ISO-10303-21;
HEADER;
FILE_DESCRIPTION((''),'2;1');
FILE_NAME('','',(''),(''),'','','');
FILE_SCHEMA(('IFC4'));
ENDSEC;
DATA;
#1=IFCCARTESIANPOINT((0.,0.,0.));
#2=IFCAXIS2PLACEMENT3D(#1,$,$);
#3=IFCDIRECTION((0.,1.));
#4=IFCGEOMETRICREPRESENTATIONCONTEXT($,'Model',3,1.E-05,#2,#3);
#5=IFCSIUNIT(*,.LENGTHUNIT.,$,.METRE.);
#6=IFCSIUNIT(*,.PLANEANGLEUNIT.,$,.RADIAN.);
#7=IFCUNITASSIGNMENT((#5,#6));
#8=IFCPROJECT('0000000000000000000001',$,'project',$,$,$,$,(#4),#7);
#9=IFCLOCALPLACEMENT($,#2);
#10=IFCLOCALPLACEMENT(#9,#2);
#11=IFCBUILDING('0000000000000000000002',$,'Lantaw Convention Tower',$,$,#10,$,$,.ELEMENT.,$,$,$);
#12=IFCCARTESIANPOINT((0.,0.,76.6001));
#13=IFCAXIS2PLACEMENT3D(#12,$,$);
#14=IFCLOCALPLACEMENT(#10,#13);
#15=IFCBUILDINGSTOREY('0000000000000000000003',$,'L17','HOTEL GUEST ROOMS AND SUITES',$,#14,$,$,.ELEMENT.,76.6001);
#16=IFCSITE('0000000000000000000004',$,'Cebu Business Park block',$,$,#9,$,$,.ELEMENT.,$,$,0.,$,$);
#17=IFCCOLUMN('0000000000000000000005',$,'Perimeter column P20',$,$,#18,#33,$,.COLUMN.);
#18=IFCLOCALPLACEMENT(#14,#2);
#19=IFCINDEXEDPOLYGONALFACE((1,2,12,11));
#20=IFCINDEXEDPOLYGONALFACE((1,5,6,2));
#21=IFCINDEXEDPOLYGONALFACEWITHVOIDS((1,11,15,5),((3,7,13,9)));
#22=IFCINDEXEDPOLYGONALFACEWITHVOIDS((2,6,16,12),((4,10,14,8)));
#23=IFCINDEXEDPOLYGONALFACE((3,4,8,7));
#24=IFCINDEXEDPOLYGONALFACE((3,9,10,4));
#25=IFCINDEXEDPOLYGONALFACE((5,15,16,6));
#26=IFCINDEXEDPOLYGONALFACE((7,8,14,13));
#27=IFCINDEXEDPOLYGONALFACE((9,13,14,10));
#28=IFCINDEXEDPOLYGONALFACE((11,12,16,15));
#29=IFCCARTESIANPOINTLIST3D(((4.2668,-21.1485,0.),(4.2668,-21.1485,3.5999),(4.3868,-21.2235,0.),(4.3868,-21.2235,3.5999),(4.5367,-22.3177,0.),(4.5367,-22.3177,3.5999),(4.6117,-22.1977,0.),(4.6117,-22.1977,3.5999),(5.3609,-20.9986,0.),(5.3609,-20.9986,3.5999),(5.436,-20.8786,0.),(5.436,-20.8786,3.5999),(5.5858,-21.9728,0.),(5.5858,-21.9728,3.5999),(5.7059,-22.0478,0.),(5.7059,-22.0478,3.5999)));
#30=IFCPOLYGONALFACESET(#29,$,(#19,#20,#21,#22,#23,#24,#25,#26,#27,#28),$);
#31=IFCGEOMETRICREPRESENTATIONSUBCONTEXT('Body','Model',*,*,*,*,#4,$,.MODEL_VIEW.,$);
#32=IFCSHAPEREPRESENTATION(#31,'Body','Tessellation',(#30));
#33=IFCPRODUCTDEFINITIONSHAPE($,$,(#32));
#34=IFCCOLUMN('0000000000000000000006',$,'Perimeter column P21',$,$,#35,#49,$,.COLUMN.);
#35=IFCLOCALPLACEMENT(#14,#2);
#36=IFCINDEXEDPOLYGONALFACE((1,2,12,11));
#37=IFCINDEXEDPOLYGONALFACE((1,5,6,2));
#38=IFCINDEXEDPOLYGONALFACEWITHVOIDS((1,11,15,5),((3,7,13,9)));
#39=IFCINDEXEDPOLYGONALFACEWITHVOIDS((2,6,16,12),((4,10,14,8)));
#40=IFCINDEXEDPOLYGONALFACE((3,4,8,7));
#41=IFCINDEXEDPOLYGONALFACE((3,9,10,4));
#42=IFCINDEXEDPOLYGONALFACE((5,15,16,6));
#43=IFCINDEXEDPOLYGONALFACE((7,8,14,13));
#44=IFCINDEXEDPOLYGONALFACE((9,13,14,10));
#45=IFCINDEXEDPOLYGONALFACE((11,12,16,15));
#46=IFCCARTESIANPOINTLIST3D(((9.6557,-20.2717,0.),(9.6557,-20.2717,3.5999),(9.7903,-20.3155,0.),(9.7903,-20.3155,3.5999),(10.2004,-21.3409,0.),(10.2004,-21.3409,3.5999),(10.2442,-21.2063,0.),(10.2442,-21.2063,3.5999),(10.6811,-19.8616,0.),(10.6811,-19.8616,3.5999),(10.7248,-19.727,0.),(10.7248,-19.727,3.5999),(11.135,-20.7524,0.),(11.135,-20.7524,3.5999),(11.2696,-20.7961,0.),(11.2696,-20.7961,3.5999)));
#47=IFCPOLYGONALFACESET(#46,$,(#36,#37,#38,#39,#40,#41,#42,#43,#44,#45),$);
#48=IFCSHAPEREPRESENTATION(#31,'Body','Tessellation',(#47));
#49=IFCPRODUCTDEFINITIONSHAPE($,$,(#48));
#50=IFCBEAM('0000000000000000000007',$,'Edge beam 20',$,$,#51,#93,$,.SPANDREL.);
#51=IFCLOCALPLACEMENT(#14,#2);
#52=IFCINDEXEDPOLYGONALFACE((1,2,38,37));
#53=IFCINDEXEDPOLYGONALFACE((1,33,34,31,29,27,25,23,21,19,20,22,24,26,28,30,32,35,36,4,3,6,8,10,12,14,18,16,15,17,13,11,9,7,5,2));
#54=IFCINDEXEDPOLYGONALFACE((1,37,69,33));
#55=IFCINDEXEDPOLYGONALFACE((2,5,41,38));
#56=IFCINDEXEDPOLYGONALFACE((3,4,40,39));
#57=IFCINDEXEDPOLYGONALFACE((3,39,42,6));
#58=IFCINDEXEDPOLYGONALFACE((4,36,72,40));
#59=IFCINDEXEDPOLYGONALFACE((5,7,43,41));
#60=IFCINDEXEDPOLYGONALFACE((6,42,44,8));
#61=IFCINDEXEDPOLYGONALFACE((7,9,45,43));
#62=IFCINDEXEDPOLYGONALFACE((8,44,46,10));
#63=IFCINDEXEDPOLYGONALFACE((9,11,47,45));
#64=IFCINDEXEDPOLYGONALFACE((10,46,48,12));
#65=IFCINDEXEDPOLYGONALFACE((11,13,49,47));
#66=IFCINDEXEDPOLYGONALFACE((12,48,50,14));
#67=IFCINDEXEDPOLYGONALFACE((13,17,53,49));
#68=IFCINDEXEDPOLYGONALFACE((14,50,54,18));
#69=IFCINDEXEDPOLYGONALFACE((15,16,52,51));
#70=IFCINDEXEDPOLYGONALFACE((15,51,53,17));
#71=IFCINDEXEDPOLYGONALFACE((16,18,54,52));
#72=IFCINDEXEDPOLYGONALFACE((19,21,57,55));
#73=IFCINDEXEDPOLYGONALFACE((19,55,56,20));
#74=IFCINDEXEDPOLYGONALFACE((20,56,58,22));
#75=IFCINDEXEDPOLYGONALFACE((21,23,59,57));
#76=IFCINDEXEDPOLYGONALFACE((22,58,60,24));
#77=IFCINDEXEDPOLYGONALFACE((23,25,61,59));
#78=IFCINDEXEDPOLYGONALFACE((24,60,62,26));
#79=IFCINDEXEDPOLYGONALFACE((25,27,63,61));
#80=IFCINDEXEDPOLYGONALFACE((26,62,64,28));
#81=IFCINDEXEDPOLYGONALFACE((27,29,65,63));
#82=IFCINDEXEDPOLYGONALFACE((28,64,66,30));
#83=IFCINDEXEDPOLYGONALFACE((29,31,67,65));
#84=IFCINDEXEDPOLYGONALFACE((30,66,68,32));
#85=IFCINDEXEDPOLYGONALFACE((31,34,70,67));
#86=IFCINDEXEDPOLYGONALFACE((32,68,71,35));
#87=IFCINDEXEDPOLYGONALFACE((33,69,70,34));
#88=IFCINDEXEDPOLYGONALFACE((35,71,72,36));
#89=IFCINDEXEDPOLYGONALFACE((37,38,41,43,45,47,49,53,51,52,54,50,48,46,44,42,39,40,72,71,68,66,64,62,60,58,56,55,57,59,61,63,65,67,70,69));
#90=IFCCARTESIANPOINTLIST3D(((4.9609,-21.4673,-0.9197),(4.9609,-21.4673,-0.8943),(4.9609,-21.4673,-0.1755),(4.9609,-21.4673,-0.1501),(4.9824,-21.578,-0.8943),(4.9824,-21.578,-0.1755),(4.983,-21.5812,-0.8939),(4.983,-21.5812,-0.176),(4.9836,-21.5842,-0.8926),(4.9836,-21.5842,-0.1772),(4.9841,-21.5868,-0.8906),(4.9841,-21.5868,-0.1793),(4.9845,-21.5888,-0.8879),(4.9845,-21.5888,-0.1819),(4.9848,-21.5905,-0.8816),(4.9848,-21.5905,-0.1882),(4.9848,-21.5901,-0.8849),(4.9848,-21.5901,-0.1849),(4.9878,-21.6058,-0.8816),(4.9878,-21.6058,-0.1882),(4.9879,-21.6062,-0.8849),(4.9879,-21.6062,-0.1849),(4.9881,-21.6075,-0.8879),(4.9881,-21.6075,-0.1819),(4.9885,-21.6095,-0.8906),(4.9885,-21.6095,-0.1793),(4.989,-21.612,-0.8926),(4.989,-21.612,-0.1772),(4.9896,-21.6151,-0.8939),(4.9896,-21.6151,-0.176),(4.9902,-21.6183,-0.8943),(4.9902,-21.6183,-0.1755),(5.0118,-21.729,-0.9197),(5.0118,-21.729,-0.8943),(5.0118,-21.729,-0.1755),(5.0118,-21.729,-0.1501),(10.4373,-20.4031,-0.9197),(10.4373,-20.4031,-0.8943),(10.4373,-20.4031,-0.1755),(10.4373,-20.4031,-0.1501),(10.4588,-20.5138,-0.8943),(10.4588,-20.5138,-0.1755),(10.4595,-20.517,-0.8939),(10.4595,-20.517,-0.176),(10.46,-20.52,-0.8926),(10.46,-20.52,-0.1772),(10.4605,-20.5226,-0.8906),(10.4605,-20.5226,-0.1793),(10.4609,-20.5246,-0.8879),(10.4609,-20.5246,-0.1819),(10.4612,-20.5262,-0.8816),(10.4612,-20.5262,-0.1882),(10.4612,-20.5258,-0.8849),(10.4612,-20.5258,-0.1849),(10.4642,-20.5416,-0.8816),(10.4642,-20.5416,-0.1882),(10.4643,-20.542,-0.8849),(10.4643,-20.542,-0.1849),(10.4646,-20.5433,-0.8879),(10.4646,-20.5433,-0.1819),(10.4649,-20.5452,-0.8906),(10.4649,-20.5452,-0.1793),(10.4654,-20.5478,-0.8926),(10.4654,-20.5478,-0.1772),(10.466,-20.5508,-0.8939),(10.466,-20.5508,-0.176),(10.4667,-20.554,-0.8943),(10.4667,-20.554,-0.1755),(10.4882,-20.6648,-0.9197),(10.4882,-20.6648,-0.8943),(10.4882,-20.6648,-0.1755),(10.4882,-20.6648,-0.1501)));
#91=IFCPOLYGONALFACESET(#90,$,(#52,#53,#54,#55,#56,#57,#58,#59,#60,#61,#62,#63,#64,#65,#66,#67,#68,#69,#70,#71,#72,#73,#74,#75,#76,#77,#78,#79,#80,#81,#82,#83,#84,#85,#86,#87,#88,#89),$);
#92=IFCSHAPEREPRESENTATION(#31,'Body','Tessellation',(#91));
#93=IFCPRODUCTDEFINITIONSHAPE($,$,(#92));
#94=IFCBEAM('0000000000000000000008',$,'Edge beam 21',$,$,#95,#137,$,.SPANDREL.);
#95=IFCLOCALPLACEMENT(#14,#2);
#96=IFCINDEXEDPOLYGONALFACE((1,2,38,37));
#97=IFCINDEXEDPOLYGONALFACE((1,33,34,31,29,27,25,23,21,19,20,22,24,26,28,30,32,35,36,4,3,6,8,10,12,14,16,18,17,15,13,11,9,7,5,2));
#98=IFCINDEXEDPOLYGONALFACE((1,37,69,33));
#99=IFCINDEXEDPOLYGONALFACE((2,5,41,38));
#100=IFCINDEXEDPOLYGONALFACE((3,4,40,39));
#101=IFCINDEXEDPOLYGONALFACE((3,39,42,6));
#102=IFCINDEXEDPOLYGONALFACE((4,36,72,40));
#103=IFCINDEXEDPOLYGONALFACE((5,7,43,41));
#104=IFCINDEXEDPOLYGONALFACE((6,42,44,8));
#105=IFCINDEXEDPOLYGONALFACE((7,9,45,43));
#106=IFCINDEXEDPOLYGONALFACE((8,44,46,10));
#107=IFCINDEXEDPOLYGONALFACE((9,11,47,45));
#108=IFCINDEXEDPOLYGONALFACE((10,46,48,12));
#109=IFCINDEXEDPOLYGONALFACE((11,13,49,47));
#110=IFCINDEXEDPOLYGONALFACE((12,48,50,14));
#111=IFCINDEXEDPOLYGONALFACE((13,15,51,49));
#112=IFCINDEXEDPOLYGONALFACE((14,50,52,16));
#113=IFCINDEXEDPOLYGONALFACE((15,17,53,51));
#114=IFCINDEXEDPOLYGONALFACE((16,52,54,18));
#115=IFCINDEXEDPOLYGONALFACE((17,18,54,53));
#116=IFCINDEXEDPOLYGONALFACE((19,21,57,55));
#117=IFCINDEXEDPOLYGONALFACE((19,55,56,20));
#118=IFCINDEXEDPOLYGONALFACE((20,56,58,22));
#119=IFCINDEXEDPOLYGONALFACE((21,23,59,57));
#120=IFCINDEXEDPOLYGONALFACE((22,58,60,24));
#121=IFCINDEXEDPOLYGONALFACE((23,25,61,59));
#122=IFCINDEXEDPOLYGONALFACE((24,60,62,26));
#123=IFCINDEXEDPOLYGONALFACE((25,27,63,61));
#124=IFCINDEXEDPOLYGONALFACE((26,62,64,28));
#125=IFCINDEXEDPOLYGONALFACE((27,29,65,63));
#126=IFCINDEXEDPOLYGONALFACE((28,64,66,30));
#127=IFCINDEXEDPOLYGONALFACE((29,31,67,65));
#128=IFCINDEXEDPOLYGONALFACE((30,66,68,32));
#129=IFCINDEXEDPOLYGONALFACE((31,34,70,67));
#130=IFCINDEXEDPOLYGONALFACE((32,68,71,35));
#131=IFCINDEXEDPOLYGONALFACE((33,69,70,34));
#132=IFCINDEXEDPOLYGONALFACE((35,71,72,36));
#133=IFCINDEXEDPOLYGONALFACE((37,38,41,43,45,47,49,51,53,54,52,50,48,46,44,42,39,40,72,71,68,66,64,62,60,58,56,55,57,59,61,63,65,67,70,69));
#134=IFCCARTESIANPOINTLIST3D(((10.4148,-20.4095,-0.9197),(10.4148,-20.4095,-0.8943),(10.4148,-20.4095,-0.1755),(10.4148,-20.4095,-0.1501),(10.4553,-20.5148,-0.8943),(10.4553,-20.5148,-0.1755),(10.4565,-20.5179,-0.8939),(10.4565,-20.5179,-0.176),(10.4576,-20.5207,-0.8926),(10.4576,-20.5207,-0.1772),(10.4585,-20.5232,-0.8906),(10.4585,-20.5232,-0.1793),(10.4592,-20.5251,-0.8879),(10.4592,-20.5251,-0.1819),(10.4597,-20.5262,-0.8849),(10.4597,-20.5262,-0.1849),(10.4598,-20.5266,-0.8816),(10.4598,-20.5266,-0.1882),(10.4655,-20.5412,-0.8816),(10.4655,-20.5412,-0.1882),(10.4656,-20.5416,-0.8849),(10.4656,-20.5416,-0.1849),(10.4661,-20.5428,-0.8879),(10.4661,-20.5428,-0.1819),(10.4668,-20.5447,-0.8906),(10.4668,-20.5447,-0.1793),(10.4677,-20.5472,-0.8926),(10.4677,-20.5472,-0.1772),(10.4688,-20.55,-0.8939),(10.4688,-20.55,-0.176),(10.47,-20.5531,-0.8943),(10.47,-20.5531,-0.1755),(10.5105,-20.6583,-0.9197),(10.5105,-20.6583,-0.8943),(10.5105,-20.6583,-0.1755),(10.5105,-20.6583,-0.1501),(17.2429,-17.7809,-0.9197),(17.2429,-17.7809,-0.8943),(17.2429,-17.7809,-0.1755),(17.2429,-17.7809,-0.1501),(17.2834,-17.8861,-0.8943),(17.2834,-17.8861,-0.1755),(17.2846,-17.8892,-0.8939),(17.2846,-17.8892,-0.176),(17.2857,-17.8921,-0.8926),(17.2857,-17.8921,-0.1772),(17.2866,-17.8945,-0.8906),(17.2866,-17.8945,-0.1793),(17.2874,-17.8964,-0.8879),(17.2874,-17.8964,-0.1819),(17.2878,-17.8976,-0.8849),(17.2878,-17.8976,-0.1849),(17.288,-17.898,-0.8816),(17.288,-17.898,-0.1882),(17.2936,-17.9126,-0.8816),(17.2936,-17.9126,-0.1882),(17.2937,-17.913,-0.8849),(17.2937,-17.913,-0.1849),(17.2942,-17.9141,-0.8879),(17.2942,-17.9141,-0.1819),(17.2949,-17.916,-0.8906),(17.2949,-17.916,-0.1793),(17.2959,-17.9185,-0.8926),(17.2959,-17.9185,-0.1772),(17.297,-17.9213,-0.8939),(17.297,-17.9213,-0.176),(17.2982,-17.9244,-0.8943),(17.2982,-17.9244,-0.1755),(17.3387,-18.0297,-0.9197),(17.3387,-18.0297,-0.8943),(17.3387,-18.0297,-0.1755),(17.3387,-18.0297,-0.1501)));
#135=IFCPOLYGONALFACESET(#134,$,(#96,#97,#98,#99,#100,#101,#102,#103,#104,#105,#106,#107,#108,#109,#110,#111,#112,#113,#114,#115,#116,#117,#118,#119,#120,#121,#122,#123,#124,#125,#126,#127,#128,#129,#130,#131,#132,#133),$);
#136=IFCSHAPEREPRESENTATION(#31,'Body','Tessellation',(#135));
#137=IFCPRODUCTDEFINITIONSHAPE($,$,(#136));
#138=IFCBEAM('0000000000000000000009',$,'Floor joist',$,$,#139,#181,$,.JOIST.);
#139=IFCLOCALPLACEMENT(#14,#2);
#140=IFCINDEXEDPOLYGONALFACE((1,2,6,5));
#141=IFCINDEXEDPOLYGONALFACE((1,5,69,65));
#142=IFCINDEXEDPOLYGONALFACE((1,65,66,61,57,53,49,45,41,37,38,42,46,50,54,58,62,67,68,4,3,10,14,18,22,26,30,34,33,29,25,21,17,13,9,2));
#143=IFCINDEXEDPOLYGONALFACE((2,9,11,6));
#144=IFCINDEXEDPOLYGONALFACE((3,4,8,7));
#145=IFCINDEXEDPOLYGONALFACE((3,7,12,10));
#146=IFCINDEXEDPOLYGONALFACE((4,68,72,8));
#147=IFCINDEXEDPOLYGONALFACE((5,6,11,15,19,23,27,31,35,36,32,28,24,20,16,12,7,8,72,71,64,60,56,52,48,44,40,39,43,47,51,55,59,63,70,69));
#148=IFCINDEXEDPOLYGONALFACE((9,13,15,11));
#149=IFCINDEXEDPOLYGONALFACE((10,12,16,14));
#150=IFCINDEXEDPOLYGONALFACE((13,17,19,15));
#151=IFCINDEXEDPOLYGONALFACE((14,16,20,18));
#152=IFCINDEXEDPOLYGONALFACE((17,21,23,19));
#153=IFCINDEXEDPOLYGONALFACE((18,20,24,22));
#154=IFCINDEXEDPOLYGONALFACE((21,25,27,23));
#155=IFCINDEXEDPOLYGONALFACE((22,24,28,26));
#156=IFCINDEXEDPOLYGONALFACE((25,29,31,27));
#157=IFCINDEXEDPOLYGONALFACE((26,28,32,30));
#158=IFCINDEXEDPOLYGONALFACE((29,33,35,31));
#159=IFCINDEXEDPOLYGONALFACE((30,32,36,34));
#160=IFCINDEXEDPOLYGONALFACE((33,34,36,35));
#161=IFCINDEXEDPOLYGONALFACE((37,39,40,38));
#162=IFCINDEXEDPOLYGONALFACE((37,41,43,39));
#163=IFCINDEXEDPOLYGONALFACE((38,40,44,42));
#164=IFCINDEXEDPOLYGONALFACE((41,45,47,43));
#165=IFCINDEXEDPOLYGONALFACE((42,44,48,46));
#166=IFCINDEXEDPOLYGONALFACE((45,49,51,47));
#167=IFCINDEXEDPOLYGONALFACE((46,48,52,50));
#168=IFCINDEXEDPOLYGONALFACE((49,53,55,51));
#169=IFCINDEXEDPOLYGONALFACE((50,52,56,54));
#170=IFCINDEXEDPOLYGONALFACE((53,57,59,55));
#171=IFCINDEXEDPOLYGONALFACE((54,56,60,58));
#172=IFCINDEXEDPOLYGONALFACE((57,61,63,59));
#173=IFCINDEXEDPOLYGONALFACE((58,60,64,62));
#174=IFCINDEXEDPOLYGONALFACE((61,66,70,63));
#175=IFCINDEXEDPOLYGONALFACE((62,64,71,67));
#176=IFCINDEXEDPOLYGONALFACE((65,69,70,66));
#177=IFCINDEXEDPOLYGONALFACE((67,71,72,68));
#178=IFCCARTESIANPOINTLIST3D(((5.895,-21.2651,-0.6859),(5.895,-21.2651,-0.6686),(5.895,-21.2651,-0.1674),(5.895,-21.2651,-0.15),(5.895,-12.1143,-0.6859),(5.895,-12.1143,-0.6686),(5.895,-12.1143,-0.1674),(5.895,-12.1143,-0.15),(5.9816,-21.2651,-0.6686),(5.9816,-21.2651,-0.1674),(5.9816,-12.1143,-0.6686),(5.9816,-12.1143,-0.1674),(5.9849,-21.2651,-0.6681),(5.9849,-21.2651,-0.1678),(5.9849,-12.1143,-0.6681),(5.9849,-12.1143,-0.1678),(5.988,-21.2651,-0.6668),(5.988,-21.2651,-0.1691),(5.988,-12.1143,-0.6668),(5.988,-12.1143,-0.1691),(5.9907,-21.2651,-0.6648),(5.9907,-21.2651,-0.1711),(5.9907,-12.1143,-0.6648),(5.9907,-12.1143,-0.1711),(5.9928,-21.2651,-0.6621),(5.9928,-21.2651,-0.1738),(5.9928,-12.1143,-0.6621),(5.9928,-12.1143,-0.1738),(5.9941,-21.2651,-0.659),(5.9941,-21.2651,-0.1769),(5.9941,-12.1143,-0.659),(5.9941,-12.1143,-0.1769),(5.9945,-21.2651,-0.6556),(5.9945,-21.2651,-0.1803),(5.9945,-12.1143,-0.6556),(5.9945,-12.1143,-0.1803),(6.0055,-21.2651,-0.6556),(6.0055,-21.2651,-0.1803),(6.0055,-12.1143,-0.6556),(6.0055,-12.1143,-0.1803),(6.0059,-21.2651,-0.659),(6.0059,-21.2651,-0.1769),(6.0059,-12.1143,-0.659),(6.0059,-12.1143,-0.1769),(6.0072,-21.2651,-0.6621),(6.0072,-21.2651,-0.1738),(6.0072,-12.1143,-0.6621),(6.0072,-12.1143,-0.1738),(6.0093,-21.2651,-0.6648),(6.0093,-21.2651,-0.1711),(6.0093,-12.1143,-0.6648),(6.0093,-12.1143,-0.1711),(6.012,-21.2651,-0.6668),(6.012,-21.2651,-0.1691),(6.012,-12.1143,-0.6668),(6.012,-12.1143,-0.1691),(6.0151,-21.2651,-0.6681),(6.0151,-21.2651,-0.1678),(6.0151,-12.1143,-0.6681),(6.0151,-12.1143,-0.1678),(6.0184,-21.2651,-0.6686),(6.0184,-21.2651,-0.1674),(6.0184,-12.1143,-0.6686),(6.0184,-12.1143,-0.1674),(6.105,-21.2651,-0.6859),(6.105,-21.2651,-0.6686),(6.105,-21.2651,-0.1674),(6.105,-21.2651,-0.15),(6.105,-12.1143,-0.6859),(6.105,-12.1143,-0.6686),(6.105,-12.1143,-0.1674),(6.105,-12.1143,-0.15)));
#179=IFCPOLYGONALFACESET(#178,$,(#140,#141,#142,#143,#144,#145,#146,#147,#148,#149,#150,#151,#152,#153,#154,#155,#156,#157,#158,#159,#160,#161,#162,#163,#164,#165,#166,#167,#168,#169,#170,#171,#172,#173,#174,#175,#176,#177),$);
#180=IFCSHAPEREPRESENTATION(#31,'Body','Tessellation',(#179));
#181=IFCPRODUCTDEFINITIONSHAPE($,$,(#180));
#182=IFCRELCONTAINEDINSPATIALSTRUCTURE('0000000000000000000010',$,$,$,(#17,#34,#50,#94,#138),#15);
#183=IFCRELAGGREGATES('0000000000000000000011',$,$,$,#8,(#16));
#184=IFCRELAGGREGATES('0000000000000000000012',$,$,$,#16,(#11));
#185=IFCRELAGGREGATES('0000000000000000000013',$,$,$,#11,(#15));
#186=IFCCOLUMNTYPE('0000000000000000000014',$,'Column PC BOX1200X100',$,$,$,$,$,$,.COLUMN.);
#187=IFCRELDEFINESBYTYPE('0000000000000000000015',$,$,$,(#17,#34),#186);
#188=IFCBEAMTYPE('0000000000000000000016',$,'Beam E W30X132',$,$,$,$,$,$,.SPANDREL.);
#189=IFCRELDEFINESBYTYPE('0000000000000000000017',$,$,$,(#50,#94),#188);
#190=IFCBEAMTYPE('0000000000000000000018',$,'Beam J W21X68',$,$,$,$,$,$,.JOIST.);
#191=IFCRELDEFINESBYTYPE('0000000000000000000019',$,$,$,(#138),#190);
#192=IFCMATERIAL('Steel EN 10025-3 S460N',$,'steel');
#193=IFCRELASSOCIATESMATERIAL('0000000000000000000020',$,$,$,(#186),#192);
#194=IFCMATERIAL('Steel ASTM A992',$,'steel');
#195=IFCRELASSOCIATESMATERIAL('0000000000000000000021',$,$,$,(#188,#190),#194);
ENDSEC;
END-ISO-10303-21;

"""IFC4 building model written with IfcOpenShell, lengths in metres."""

from ifc_helpers import new_model, si_unit, direction, frame, origin, origin_2d, place, context, subcontext, project, spatial, rectangle, hollow_rectangle, i_section, extrude, material, material_profile, profile_set, type_object, element, save


model = new_model("IFC4")

# Units and contexts
model_context = context("Model", 3, precision=1e-05, world=origin(), true_north=direction((0.0, 1.0)))
body_context = subcontext(model_context, "Body", "Model", "MODEL_VIEW")
ifc_project = project(units=[si_unit("LENGTHUNIT", "METRE"), si_unit("PLANEANGLEUNIT", "RADIAN")], contexts=[model_context])

# Site, building, storey
site_placement = place(None, origin())
site = spatial("IfcSite", under=ifc_project, at=site_placement, Name="Cebu Business Park block", CompositionType="ELEMENT", RefElevation=0.0)
building_placement = place(site_placement, origin())
building = spatial("IfcBuilding", under=site, at=building_placement, Name="Lantaw Convention Tower", CompositionType="ELEMENT")
storey_placement = place(building_placement, frame((0.0, 0.0, 76.6001)))
storey = spatial("IfcBuildingStorey", under=building, at=storey_placement, Name="L17", Description="HOTEL GUEST ROOMS AND SUITES", CompositionType="ELEMENT", Elevation=76.6001)

# Columns
ifc_material_1 = material(Name="Steel EN 10025-3 S460N", Category="steel")
ifc_material_profile_1 = material_profile(ifc_material_1, hollow_rectangle(XDim=1.2, YDim=1.2, WallThickness=0.1001, at=origin_2d()), Name="BOX1200X100")
ifc_material_2 = material(Name="Concrete C60/75", Category="concrete")
ifc_material_profile_2 = material_profile(ifc_material_2, rectangle(XDim=1.0, YDim=1.0, at=origin_2d()), Name="Concrete fill of BOX1200X100")
ifc_profile_set_1 = profile_set([ifc_material_profile_1, ifc_material_profile_2], Name="Steel EN 10025-3 S460N")
column_type = type_object("IfcColumnType", Name="Column PC BOX1200X100", PredefinedType="COLUMN", material=ifc_profile_set_1)
for number, where, z_axis, x_axis, name in (
    (1, (4.9863, -21.5981, 0.0), (0.0, 0.0, 1.0), (0.97437, 0.224951, 0.0), "Perimeter column P20"),
    (2, (10.4626, -20.5339, 0.0), (0.0, 0.0, 1.0), (0.891007, 0.45399, 0.0), "Perimeter column P21"),
):
    element("IfcColumn", number, at=place(storey_placement, frame(where, z_axis=z_axis, x_axis=x_axis)), inside=storey, type_object=column_type, Name=name, PredefinedType="COLUMN", context=body_context, shape_type="SweptSolid", body=[
        extrude(hollow_rectangle(XDim=1.2, YDim=1.2, WallThickness=0.1001, at=origin_2d()), origin(), (0.0, 0.0, 1.0), 3.5999),
    ])

# Beams
ifc_material_3 = material(Name="Steel ASTM A992", Category="steel")
ifc_material_profile_3 = material_profile(ifc_material_3, i_section(OverallWidth=0.2666, OverallDepth=0.7695, WebThickness=0.0156, FlangeThickness=0.0254, FilletRadius=0.0127, at=origin_2d()), Name="W30X132")
ifc_profile_set_2 = profile_set([ifc_material_profile_3], Name="Steel ASTM A992")
beam_type_1 = type_object("IfcBeamType", Name="Beam E W30X132", PredefinedType="SPANDREL", material=ifc_profile_set_2)
beam_1_placement = place(storey_placement, frame((4.9863, -21.5981, -0.5349), z_axis=(0.981637, 0.190761, 0.0), x_axis=(-0.190761, 0.981637, 0.0)))
element("IfcBeam", 3, at=beam_1_placement, inside=storey, type_object=beam_type_1, Name="Edge beam 20", PredefinedType="SPANDREL", context=body_context, shape_type="SweptSolid", body=[
    extrude(i_section(OverallWidth=0.2666, OverallDepth=0.7695, WebThickness=0.0156, FlangeThickness=0.0254, FilletRadius=0.0127, at=origin_2d()), origin(), (0.0, 0.0, 1.0), 5.5789),
])
beam_2_placement = place(storey_placement, frame((10.4626, -20.5339, -0.5349), z_axis=(0.933233, 0.359272, 0.0), x_axis=(-0.359272, 0.933233, 0.0)))
element("IfcBeam", 4, at=beam_2_placement, inside=storey, type_object=beam_type_1, Name="Edge beam 21", PredefinedType="SPANDREL", context=body_context, shape_type="SweptSolid", body=[
    extrude(i_section(OverallWidth=0.2666, OverallDepth=0.7695, WebThickness=0.0156, FlangeThickness=0.0254, FilletRadius=0.0127, at=origin_2d()), origin(), (0.0, 0.0, 1.0), 7.3167),
])
ifc_material_profile_4 = material_profile(ifc_material_3, i_section(OverallWidth=0.21, OverallDepth=0.5359, WebThickness=0.011, FlangeThickness=0.0173, FilletRadius=0.0129, at=origin_2d()), Name="W21X68")
ifc_profile_set_3 = profile_set([ifc_material_profile_4], Name="Steel ASTM A992")
beam_type_2 = type_object("IfcBeamType", Name="Beam J W21X68", PredefinedType="JOIST", material=ifc_profile_set_3)
beam_3_placement = place(storey_placement, frame((6.0, -21.2651, -0.418), z_axis=(0.0, 1.0, 0.0), x_axis=(-1.0, 0.0, 0.0)))
element("IfcBeam", 5, at=beam_3_placement, inside=storey, type_object=beam_type_2, Name="Floor joist", PredefinedType="JOIST", context=body_context, shape_type="SweptSolid", body=[
    extrude(i_section(OverallWidth=0.21, OverallDepth=0.5359, WebThickness=0.011, FlangeThickness=0.0173, FilletRadius=0.0129, at=origin_2d()), origin(), (0.0, 0.0, 1.0), 9.1509),
])

save(model, "model.ifc")
